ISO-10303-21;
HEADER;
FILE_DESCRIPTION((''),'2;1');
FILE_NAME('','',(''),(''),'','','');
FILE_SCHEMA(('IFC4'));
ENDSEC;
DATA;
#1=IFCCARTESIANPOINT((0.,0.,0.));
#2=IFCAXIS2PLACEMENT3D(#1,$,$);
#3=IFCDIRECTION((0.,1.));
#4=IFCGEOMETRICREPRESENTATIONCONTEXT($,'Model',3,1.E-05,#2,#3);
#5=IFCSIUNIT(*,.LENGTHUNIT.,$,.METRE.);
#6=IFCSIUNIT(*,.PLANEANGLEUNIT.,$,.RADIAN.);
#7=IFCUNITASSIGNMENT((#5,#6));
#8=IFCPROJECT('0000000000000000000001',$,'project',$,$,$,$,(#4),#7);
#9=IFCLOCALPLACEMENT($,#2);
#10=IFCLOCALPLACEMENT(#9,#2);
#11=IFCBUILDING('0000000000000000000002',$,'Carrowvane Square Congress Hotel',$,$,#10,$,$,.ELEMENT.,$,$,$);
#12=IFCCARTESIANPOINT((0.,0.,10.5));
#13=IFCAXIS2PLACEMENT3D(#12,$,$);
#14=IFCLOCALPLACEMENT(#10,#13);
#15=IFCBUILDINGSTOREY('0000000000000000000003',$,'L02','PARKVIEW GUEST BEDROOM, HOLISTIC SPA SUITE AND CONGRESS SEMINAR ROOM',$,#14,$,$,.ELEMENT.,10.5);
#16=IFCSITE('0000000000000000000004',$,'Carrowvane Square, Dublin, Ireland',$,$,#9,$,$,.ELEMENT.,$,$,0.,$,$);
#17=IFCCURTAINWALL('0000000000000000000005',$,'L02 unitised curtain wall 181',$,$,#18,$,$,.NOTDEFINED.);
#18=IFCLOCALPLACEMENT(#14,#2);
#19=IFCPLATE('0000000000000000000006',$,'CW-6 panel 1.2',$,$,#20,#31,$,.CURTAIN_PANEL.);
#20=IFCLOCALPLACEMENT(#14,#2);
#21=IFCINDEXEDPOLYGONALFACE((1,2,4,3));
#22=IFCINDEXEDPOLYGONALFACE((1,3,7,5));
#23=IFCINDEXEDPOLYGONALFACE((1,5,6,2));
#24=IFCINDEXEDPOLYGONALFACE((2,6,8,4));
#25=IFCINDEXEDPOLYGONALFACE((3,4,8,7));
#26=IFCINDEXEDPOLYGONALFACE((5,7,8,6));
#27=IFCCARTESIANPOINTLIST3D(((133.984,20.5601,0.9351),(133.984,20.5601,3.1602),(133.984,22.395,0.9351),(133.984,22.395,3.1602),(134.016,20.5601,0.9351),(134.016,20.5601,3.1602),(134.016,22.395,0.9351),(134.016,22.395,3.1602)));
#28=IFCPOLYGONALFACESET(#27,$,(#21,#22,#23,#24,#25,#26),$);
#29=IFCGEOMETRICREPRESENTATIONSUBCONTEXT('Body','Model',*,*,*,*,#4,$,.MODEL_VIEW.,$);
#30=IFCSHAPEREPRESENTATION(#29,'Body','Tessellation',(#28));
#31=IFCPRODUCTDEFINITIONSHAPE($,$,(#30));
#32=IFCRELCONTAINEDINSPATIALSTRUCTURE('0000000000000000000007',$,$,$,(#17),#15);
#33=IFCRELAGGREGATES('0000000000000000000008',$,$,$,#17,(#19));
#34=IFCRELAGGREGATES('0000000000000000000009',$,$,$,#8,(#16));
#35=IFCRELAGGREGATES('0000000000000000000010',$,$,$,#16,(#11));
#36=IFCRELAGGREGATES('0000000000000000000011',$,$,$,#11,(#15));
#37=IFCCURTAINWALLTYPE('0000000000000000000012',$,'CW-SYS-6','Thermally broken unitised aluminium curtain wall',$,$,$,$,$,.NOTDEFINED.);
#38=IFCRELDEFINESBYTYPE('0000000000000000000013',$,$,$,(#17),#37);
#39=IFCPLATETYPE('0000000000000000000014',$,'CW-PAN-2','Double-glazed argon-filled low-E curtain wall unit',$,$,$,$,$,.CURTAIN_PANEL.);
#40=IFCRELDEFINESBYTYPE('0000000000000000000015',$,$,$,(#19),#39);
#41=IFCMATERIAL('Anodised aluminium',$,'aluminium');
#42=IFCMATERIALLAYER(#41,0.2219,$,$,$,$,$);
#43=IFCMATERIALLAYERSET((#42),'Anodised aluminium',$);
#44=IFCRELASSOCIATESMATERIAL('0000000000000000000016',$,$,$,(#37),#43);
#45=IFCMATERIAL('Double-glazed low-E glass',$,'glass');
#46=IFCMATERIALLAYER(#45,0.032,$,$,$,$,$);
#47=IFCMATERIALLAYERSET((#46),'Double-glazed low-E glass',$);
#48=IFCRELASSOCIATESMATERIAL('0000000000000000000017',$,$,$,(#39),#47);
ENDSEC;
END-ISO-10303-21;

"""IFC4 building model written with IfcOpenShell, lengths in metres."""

from ifc_helpers import new_model, si_unit, direction, frame, origin, origin_2d, place, context, subcontext, project, spatial, rectangle, extrude, material, layer, layer_set, type_object, element, aggregate, save


model = new_model("IFC4")

# Units and contexts
model_context = context("Model", 3, precision=1e-05, world=origin(), true_north=direction((0.0, 1.0)))
body_context = subcontext(model_context, "Body", "Model", "MODEL_VIEW")
ifc_project = project(units=[si_unit("LENGTHUNIT", "METRE"), si_unit("PLANEANGLEUNIT", "RADIAN")], contexts=[model_context])

# Site, building, storey
site_placement = place(None, origin())
site = spatial("IfcSite", under=ifc_project, at=site_placement, Name="Carrowvane Square, Dublin, Ireland", CompositionType="ELEMENT", RefElevation=0.0)
building_placement = place(site_placement, origin())
building = spatial("IfcBuilding", under=site, at=building_placement, Name="Carrowvane Square Congress Hotel", CompositionType="ELEMENT")
storey_placement = place(building_placement, frame((0.0, 0.0, 10.5)))
storey = spatial("IfcBuildingStorey", under=building, at=storey_placement, Name="L02", Description="PARKVIEW GUEST BEDROOM, HOLISTIC SPA SUITE AND CONGRESS SEMINAR ROOM", CompositionType="ELEMENT", Elevation=10.5)

# Curtain wall
ifc_material_1 = material(Name="Anodised aluminium", Category="aluminium")
ifc_layer_1 = layer(ifc_material_1, 0.2219)
ifc_layer_set_1 = layer_set([ifc_layer_1], Name="Anodised aluminium")
curtain_wall_type_1 = type_object("IfcCurtainWallType", Name="CW-SYS-6", Description="Thermally broken unitised aluminium curtain wall", PredefinedType="NOTDEFINED", material=ifc_layer_set_1)
curtain_wall_1_placement = place(storey_placement, origin())
curtain_wall_1 = element("IfcCurtainWall", 1, at=curtain_wall_1_placement, inside=storey, type_object=curtain_wall_type_1, Name="L02 unitised curtain wall 181", PredefinedType="NOTDEFINED")

# Plate
ifc_material_2 = material(Name="Double-glazed low-E glass", Category="glass")
ifc_layer_2 = layer(ifc_material_2, 0.032)
ifc_layer_set_2 = layer_set([ifc_layer_2], Name="Double-glazed low-E glass")
plate_type_1 = type_object("IfcPlateType", Name="CW-PAN-2", Description="Double-glazed argon-filled low-E curtain wall unit", PredefinedType="CURTAIN_PANEL", material=ifc_layer_set_2)
plate_1_placement = place(storey_placement, frame((134.0, 21.4775, 0.9351), z_axis=(0.0, 0.0, 1.0), x_axis=(0.0, 1.0, 0.0)))
plate_1 = element("IfcPlate", 2, at=plate_1_placement, type_object=plate_type_1, Name="CW-6 panel 1.2", PredefinedType="CURTAIN_PANEL", context=body_context, shape_type="SweptSolid", body=[
    extrude(rectangle(XDim=1.835, YDim=0.032, at=origin_2d()), origin(), (0.0, 0.0, 1.0), 2.2251),
])
aggregate(curtain_wall_1, [plate_1])

save(model, "model.ifc")
